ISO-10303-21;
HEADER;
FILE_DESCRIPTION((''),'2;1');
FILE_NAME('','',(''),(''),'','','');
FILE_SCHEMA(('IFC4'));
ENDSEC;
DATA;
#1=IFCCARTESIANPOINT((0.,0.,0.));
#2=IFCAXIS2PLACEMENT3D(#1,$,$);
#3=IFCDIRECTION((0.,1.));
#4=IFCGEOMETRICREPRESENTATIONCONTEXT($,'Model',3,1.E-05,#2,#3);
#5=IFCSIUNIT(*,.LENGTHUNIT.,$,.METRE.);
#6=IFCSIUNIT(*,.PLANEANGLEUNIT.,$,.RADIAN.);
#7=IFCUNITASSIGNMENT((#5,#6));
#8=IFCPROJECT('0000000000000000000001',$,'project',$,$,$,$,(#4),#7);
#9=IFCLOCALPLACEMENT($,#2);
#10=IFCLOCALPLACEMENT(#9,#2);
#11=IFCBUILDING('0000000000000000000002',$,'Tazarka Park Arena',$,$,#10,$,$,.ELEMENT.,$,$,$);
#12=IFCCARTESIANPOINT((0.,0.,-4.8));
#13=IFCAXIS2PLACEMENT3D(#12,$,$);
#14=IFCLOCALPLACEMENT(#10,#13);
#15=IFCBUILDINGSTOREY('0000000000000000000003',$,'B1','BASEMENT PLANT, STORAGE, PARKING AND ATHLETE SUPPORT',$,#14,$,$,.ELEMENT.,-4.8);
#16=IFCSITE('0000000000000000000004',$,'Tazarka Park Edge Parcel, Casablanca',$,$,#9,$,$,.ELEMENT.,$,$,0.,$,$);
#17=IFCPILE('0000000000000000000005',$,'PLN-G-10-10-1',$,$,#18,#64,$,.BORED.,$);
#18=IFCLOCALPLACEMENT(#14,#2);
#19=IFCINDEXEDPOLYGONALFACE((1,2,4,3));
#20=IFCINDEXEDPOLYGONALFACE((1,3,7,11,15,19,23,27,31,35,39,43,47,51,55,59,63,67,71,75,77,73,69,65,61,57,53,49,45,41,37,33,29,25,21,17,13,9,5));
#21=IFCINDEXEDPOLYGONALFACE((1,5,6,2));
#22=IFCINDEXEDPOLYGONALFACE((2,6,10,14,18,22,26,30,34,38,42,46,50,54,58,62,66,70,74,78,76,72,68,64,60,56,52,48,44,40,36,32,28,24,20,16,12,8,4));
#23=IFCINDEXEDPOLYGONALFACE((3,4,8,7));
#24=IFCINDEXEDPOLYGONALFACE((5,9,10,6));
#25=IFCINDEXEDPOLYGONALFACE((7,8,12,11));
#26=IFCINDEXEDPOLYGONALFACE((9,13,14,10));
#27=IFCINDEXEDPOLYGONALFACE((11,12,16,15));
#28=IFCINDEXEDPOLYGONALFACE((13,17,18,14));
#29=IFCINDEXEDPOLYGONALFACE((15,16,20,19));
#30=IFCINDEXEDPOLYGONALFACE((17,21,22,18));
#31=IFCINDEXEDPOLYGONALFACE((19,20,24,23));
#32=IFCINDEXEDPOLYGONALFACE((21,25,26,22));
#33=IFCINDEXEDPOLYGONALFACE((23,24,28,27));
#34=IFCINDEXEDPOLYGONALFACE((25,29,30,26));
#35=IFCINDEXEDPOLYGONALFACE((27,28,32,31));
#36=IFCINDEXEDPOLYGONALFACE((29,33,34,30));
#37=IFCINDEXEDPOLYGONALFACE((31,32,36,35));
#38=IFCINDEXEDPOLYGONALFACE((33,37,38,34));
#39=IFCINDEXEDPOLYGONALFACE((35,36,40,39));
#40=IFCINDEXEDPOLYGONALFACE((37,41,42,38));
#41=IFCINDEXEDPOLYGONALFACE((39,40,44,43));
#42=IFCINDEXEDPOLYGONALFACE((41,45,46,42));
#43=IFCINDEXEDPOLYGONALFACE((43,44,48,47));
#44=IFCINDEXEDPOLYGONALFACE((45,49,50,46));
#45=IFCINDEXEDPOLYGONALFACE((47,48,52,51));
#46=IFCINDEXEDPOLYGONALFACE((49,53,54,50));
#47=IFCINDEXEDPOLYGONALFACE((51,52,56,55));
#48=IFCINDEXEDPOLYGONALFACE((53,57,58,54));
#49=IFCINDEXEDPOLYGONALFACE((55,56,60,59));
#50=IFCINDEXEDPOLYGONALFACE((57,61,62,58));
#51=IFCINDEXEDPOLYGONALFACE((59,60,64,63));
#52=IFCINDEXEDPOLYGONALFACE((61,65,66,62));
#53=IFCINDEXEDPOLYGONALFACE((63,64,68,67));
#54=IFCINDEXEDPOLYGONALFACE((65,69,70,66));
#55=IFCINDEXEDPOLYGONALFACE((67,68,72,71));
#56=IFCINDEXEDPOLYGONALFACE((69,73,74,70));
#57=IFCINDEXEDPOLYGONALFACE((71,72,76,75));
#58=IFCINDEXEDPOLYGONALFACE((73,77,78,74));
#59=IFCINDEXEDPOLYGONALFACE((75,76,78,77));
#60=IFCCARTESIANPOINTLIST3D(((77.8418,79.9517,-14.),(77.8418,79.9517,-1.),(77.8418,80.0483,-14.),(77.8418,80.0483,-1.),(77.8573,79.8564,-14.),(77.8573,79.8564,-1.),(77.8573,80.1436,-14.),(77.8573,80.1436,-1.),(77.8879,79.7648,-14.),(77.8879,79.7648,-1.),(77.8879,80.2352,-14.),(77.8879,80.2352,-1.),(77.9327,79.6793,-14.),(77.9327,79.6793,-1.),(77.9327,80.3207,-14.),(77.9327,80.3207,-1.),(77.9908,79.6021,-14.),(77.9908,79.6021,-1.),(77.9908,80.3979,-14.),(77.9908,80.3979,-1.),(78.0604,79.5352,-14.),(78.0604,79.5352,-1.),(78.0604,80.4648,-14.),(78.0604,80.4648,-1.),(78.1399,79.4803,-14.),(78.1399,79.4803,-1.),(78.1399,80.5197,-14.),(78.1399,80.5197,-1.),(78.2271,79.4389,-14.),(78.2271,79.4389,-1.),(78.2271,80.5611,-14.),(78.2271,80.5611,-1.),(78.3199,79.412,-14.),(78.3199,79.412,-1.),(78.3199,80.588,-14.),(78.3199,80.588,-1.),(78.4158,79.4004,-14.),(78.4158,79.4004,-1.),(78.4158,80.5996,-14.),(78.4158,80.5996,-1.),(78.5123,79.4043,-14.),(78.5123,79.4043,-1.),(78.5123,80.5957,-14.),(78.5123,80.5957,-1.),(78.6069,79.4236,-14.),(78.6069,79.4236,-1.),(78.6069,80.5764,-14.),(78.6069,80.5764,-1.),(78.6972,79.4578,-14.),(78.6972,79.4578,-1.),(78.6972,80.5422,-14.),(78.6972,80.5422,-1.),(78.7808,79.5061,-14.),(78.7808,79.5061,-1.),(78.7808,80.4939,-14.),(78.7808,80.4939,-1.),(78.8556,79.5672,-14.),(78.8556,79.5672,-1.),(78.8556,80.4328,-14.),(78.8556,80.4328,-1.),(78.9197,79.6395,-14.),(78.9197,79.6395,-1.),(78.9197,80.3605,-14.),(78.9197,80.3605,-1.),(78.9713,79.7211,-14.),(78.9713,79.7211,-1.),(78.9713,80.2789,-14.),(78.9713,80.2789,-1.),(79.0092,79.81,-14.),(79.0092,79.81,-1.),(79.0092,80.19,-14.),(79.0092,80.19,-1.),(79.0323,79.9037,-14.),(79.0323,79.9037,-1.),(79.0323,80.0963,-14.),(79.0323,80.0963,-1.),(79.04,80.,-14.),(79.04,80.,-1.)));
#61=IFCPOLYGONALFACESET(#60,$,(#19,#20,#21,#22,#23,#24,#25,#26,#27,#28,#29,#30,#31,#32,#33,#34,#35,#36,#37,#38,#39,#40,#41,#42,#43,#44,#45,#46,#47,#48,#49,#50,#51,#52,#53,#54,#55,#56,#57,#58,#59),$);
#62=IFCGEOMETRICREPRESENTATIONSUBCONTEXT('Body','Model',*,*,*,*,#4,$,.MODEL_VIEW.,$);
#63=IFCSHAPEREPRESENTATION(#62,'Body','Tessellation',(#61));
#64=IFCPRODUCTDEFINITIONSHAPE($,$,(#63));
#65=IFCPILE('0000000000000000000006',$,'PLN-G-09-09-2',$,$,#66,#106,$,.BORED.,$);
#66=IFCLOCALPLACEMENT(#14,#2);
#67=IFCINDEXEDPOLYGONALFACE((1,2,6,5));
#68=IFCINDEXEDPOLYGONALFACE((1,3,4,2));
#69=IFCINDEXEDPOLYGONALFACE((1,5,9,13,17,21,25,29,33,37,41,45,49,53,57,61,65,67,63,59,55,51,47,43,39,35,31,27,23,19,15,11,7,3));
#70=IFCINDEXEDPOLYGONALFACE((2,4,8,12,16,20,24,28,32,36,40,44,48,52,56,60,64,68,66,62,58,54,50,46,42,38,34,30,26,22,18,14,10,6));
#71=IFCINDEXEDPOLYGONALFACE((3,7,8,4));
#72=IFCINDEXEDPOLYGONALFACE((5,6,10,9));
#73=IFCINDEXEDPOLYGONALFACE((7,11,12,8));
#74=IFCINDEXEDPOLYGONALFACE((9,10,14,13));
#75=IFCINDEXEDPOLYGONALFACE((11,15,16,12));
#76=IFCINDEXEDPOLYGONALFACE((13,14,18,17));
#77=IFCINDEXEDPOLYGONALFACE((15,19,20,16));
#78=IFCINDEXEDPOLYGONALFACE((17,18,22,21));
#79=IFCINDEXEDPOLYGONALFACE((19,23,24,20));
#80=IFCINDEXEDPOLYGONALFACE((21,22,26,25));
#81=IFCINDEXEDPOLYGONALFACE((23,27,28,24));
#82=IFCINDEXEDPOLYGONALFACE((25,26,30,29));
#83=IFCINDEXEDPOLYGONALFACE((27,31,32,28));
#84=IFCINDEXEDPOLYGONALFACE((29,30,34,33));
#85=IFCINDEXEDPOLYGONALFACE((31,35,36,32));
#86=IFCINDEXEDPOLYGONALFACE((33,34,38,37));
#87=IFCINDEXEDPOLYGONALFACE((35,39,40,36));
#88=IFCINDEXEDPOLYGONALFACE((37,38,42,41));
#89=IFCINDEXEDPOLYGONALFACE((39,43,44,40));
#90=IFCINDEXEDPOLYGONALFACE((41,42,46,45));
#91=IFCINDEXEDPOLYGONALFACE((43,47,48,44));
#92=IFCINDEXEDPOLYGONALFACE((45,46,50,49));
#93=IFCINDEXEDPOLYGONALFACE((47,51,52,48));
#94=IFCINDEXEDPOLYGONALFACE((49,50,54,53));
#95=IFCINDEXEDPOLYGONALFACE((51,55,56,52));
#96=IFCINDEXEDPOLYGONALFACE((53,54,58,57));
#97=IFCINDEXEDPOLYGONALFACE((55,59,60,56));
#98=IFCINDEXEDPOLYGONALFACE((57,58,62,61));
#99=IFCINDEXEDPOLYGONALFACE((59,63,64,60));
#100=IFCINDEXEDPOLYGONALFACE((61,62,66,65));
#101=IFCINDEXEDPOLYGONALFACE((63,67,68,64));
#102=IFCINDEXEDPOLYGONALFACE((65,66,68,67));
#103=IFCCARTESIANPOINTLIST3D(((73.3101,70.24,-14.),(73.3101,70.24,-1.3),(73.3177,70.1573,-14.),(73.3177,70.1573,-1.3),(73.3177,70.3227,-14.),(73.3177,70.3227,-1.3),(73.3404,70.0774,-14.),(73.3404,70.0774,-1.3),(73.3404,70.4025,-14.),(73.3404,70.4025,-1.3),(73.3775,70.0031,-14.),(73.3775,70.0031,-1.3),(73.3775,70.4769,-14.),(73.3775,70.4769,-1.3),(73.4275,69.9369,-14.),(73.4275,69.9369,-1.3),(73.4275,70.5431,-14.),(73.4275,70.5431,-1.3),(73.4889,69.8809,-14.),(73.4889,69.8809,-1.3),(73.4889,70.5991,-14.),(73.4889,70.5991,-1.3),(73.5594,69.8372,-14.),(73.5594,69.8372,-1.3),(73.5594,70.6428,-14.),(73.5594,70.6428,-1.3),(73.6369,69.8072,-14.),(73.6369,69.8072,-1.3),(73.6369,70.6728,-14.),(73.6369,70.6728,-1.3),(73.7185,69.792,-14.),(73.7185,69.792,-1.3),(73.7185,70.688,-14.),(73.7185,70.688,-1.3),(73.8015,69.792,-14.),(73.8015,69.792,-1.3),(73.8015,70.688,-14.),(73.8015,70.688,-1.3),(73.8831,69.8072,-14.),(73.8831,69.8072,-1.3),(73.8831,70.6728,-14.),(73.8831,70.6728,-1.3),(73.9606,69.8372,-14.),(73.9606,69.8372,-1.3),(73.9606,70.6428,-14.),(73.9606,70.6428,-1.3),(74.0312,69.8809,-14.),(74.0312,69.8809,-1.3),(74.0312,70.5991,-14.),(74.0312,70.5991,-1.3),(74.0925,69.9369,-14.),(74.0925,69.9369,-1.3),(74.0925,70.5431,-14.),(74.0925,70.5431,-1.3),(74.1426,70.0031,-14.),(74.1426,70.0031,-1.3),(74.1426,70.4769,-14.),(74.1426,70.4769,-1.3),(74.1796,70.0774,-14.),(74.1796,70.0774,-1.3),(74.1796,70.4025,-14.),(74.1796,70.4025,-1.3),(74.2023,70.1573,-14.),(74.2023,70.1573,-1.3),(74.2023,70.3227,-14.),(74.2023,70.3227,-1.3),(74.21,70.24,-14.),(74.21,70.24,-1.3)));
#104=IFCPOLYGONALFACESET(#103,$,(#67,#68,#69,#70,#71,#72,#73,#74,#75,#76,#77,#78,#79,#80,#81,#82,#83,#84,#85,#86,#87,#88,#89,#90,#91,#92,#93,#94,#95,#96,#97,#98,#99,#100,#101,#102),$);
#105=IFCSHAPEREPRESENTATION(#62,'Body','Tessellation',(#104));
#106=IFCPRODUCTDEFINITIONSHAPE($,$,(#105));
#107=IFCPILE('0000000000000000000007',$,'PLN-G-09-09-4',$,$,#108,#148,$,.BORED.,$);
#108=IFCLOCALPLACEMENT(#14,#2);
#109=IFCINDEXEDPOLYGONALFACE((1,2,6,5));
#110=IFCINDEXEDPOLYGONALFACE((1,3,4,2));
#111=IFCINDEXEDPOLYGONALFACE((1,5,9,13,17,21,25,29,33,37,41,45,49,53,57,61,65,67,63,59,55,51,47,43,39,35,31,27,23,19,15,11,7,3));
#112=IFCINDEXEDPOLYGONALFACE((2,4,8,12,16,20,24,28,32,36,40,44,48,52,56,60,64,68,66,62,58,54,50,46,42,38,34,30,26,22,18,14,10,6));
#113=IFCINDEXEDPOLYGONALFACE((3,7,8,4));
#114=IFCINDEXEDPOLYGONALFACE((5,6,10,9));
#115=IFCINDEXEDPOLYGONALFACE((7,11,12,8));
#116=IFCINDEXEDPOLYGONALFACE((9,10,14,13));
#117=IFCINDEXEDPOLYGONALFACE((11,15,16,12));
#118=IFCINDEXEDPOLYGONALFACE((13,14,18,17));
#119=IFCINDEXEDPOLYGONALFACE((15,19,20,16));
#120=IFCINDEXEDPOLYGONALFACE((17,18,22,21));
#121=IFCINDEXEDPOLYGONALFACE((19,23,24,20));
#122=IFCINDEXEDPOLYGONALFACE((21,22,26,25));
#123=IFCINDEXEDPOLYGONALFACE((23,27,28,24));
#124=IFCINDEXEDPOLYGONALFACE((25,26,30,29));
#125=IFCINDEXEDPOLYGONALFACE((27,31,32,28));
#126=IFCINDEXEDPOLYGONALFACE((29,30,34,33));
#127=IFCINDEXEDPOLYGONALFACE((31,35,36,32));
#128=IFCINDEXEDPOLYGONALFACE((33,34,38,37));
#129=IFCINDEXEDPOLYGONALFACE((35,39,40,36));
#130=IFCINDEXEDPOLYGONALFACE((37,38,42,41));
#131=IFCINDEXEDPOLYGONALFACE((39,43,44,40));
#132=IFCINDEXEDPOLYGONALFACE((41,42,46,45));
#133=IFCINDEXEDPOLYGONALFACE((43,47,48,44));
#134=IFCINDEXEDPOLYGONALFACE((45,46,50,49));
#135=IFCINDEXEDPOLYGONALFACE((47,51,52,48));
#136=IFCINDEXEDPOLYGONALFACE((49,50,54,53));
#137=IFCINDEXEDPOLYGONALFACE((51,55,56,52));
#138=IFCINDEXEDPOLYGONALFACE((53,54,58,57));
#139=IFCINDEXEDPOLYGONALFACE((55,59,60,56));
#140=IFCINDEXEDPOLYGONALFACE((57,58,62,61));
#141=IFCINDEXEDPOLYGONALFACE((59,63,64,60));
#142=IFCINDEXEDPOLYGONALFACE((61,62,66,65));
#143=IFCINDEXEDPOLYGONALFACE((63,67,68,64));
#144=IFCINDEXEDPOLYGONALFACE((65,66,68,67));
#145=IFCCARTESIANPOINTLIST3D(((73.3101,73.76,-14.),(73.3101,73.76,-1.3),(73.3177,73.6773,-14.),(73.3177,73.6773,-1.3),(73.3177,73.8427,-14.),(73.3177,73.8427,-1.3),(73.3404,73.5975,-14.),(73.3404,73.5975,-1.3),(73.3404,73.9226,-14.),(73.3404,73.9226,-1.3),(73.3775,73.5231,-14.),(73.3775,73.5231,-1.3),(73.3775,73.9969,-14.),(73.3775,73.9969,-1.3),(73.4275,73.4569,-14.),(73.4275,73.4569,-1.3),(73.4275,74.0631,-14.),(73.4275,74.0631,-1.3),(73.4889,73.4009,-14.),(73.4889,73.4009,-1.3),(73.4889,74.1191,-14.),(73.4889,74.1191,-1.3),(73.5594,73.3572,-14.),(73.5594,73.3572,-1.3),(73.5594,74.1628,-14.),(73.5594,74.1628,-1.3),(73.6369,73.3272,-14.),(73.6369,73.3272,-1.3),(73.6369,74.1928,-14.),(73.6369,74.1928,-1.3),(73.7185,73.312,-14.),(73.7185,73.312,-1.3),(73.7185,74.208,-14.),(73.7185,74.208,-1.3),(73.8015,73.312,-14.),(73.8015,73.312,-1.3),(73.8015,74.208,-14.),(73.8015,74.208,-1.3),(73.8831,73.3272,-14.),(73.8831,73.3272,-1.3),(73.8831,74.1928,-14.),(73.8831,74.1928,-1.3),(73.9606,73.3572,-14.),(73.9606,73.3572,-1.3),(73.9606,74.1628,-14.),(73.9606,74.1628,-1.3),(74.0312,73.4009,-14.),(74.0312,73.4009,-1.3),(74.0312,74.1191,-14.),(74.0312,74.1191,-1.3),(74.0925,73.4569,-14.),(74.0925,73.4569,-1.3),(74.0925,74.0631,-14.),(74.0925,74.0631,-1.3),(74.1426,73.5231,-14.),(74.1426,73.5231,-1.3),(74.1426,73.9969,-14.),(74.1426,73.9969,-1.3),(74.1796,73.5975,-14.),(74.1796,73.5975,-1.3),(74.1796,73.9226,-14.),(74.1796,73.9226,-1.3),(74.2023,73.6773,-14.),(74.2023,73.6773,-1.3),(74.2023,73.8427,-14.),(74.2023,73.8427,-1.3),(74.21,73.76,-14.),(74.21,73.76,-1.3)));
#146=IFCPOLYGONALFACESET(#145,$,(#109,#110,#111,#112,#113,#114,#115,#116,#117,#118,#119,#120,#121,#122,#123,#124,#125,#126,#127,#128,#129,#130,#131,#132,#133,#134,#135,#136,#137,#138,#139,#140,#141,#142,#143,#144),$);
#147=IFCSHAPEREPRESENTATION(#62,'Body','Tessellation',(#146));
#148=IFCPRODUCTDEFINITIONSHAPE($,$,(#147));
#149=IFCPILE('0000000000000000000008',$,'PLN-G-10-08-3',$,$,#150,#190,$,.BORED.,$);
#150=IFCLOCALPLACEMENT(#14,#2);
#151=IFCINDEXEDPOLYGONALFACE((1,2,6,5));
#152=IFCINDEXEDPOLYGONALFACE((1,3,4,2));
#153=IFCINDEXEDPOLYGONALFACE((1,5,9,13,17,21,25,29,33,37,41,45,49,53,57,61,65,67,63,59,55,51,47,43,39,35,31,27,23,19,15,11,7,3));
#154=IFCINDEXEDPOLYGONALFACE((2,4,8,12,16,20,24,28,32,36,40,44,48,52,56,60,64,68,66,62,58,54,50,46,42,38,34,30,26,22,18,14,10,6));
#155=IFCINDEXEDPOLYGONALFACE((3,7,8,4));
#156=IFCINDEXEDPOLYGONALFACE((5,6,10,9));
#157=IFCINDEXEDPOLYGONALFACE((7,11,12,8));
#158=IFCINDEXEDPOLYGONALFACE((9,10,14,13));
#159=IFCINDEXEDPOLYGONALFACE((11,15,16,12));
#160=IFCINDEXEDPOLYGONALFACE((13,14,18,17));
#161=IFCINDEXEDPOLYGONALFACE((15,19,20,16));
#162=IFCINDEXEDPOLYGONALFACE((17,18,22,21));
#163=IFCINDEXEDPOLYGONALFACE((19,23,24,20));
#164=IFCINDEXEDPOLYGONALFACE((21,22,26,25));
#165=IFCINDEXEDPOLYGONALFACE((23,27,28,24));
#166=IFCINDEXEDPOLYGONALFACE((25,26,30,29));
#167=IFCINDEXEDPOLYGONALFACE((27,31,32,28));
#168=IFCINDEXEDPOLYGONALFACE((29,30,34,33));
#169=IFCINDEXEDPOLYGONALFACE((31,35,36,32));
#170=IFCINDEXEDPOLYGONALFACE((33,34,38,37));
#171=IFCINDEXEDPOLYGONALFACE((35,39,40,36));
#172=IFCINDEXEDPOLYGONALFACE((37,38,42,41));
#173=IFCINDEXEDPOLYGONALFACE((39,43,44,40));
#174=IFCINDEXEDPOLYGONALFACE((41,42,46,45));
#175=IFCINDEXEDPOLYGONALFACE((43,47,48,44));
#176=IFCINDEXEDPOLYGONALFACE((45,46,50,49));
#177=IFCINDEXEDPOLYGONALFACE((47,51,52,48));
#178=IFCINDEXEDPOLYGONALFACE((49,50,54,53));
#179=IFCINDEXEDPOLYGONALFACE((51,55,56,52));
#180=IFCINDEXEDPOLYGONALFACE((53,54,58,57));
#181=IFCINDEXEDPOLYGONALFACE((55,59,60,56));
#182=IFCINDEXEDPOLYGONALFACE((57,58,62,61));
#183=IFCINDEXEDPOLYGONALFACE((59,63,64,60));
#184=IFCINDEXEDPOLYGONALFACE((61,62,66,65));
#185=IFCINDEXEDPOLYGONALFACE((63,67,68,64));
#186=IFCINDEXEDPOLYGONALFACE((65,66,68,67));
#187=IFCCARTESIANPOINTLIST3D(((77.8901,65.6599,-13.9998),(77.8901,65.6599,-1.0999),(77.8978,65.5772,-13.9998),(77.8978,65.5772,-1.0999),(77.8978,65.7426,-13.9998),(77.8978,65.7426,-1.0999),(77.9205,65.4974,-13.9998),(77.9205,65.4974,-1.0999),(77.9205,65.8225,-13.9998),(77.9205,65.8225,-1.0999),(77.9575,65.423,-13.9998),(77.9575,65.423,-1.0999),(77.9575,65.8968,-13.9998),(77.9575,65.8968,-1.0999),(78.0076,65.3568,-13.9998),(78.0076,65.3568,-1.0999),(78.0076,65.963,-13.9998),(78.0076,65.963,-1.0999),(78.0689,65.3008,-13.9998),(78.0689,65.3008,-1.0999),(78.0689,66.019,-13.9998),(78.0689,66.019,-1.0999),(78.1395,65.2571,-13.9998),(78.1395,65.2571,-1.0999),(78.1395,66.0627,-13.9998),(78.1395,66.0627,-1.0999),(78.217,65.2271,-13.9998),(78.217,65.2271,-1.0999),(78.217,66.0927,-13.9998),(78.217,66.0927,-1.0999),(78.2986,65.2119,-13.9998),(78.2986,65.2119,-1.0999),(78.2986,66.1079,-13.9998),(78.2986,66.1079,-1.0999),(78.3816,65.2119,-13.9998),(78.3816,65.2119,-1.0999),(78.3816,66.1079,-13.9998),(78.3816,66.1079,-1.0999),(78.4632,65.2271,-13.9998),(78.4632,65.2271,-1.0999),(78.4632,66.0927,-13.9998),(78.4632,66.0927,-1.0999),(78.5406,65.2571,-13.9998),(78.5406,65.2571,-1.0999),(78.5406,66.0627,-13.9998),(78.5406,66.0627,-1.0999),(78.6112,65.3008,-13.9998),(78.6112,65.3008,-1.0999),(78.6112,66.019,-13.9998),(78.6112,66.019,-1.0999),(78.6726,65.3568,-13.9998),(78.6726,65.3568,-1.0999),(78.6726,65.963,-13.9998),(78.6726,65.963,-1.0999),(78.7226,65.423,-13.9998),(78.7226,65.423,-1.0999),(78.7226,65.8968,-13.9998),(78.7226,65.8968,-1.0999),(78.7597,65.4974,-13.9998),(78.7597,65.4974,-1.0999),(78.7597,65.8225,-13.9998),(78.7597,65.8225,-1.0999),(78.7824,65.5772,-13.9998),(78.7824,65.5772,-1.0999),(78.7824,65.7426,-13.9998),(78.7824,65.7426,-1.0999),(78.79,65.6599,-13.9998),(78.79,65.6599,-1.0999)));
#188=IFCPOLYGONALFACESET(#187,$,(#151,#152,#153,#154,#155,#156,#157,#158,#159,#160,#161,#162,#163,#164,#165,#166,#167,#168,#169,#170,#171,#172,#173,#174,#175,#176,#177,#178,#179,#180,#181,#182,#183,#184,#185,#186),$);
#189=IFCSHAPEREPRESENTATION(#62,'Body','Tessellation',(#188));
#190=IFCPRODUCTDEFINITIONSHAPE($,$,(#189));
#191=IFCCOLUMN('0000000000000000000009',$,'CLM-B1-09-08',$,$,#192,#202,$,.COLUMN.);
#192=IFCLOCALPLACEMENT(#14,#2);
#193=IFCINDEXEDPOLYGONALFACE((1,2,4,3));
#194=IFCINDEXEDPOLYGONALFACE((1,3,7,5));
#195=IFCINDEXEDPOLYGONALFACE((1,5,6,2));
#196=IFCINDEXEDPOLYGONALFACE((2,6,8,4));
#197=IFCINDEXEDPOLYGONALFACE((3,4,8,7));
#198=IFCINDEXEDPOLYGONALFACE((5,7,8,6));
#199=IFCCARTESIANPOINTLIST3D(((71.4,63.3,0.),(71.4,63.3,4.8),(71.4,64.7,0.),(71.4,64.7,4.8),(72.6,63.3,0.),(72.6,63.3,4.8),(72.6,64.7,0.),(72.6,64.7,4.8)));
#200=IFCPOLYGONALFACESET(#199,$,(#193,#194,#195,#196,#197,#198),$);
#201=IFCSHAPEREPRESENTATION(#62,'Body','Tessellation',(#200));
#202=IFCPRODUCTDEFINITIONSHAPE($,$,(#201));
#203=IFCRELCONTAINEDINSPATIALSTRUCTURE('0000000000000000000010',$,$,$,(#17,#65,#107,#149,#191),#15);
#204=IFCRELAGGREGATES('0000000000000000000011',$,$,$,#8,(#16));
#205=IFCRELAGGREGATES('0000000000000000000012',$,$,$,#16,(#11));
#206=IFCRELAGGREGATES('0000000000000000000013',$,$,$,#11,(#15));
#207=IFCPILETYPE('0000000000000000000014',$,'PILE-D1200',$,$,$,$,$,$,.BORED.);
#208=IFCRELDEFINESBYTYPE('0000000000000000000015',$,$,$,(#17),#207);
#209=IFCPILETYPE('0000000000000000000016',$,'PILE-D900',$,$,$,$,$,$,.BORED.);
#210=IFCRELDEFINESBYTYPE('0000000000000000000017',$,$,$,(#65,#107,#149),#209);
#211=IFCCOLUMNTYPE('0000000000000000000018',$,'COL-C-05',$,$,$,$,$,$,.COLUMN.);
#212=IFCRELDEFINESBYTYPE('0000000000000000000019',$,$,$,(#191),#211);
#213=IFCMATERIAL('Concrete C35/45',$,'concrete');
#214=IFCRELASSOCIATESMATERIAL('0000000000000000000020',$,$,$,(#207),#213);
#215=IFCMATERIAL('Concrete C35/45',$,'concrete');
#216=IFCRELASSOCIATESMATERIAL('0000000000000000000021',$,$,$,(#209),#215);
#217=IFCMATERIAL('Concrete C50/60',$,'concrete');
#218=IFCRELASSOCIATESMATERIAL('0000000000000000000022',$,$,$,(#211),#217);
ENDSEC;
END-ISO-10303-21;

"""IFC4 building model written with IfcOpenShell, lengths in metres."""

from ifc_helpers import new_model, si_unit, direction, frame, origin, origin_2d, place, context, subcontext, project, spatial, rectangle, circle, extrude, material, material_profile, profile_set, type_object, element, save


model = new_model("IFC4")

# Units and contexts
model_context = context("Model", 3, precision=1e-05, world=origin(), true_north=direction((0.0, 1.0)))
body_context = subcontext(model_context, "Body", "Model", "MODEL_VIEW")
ifc_project = project(units=[si_unit("LENGTHUNIT", "METRE"), si_unit("PLANEANGLEUNIT", "RADIAN")], contexts=[model_context])

# Site, building, storey
site_placement = place(None, origin())
site = spatial("IfcSite", under=ifc_project, at=site_placement, Name="Tazarka Park Edge Parcel, Casablanca", CompositionType="ELEMENT", RefElevation=0.0)
building_placement = place(site_placement, origin())
building = spatial("IfcBuilding", under=site, at=building_placement, Name="Tazarka Park Arena", CompositionType="ELEMENT")
storey_placement = place(building_placement, frame((0.0, 0.0, -4.8)))
storey = spatial("IfcBuildingStorey", under=building, at=storey_placement, Name="B1", Description="BASEMENT PLANT, STORAGE, PARKING AND ATHLETE SUPPORT", CompositionType="ELEMENT", Elevation=-4.8)

# Piles
ifc_material_1 = material(Name="Concrete C35/45", Category="concrete")
ifc_material_profile_1 = material_profile(ifc_material_1, circle(Radius=0.6001, at=origin_2d()), Name="Concrete C35/45")
ifc_profile_set_1 = profile_set([ifc_material_profile_1], Name="Concrete C35/45")
pile_type_1 = type_object("IfcPileType", Name="PILE-D1200", PredefinedType="BORED", material=ifc_profile_set_1)
pile_1_placement = place(storey_placement, frame((78.4399, 80.0, -1.0), z_axis=(0.0, 0.0, -1.0), x_axis=(1.0, 0.0, 0.0)))
element("IfcPile", 1, at=pile_1_placement, inside=storey, type_object=pile_type_1, Name="PLN-G-10-10-1", PredefinedType="BORED", context=body_context, shape_type="SweptSolid", body=[
    extrude(circle(Radius=0.6001, at=origin_2d()), origin(), (0.0, 0.0, 1.0), 13.0),
])
ifc_material_2 = material(Name="Concrete C35/45", Category="concrete")
ifc_material_profile_2 = material_profile(ifc_material_2, circle(Radius=0.45, at=origin_2d()), Name="Concrete C35/45")
ifc_profile_set_2 = profile_set([ifc_material_profile_2], Name="Concrete C35/45")
pile_type_2 = type_object("IfcPileType", Name="PILE-D900", PredefinedType="BORED", material=ifc_profile_set_2)
for number, where, z_axis, x_axis, name in (
    (2, (73.76, 70.24, -1.3), (0.0, 0.0, -1.0), (1.0, 0.0, 0.0), "PLN-G-09-09-2"),
    (3, (73.76, 73.76, -1.3), (0.0, 0.0, -1.0), (1.0, 0.0, 0.0), "PLN-G-09-09-4"),
):
    element("IfcPile", number, at=place(storey_placement, frame(where, z_axis=z_axis, x_axis=x_axis)), inside=storey, type_object=pile_type_2, Name=name, PredefinedType="BORED", context=body_context, shape_type="SweptSolid", body=[
        extrude(circle(Radius=0.45, at=origin_2d()), origin(), (0.0, 0.0, 1.0), 12.7),
    ])
pile_2_placement = place(storey_placement, frame((78.3401, 65.6599, -1.0999), z_axis=(0.0, 0.0, -1.0), x_axis=(1.0, 0.0, 0.0)))
element("IfcPile", 4, at=pile_2_placement, inside=storey, type_object=pile_type_2, Name="PLN-G-10-08-3", PredefinedType="BORED", context=body_context, shape_type="SweptSolid", body=[
    extrude(circle(Radius=0.45, at=origin_2d()), origin(), (0.0, 0.0, 1.0), 12.8999),
])

# Column
ifc_material_3 = material(Name="Concrete C50/60", Category="concrete")
ifc_material_profile_3 = material_profile(ifc_material_3, rectangle(XDim=1.2, YDim=1.3999, at=origin_2d()), Name="Concrete C50/60")
ifc_profile_set_3 = profile_set([ifc_material_profile_3], Name="Concrete C50/60")
column_type = type_object("IfcColumnType", Name="COL-C-05", PredefinedType="COLUMN", material=ifc_profile_set_3)
for number, where, z_axis, x_axis, name in (
    (5, (72.0, 64.0, 0.0), (0.0, 0.0, 1.0), (1.0, 0.0, 0.0), "CLM-B1-09-08"),
):
    element("IfcColumn", number, at=place(storey_placement, frame(where, z_axis=z_axis, x_axis=x_axis)), inside=storey, type_object=column_type, Name=name, PredefinedType="COLUMN", context=body_context, shape_type="SweptSolid", body=[
        extrude(rectangle(XDim=1.2, YDim=1.3999, at=origin_2d()), origin(), (0.0, 0.0, 1.0), 4.8),
    ])

save(model, "model.ifc")
